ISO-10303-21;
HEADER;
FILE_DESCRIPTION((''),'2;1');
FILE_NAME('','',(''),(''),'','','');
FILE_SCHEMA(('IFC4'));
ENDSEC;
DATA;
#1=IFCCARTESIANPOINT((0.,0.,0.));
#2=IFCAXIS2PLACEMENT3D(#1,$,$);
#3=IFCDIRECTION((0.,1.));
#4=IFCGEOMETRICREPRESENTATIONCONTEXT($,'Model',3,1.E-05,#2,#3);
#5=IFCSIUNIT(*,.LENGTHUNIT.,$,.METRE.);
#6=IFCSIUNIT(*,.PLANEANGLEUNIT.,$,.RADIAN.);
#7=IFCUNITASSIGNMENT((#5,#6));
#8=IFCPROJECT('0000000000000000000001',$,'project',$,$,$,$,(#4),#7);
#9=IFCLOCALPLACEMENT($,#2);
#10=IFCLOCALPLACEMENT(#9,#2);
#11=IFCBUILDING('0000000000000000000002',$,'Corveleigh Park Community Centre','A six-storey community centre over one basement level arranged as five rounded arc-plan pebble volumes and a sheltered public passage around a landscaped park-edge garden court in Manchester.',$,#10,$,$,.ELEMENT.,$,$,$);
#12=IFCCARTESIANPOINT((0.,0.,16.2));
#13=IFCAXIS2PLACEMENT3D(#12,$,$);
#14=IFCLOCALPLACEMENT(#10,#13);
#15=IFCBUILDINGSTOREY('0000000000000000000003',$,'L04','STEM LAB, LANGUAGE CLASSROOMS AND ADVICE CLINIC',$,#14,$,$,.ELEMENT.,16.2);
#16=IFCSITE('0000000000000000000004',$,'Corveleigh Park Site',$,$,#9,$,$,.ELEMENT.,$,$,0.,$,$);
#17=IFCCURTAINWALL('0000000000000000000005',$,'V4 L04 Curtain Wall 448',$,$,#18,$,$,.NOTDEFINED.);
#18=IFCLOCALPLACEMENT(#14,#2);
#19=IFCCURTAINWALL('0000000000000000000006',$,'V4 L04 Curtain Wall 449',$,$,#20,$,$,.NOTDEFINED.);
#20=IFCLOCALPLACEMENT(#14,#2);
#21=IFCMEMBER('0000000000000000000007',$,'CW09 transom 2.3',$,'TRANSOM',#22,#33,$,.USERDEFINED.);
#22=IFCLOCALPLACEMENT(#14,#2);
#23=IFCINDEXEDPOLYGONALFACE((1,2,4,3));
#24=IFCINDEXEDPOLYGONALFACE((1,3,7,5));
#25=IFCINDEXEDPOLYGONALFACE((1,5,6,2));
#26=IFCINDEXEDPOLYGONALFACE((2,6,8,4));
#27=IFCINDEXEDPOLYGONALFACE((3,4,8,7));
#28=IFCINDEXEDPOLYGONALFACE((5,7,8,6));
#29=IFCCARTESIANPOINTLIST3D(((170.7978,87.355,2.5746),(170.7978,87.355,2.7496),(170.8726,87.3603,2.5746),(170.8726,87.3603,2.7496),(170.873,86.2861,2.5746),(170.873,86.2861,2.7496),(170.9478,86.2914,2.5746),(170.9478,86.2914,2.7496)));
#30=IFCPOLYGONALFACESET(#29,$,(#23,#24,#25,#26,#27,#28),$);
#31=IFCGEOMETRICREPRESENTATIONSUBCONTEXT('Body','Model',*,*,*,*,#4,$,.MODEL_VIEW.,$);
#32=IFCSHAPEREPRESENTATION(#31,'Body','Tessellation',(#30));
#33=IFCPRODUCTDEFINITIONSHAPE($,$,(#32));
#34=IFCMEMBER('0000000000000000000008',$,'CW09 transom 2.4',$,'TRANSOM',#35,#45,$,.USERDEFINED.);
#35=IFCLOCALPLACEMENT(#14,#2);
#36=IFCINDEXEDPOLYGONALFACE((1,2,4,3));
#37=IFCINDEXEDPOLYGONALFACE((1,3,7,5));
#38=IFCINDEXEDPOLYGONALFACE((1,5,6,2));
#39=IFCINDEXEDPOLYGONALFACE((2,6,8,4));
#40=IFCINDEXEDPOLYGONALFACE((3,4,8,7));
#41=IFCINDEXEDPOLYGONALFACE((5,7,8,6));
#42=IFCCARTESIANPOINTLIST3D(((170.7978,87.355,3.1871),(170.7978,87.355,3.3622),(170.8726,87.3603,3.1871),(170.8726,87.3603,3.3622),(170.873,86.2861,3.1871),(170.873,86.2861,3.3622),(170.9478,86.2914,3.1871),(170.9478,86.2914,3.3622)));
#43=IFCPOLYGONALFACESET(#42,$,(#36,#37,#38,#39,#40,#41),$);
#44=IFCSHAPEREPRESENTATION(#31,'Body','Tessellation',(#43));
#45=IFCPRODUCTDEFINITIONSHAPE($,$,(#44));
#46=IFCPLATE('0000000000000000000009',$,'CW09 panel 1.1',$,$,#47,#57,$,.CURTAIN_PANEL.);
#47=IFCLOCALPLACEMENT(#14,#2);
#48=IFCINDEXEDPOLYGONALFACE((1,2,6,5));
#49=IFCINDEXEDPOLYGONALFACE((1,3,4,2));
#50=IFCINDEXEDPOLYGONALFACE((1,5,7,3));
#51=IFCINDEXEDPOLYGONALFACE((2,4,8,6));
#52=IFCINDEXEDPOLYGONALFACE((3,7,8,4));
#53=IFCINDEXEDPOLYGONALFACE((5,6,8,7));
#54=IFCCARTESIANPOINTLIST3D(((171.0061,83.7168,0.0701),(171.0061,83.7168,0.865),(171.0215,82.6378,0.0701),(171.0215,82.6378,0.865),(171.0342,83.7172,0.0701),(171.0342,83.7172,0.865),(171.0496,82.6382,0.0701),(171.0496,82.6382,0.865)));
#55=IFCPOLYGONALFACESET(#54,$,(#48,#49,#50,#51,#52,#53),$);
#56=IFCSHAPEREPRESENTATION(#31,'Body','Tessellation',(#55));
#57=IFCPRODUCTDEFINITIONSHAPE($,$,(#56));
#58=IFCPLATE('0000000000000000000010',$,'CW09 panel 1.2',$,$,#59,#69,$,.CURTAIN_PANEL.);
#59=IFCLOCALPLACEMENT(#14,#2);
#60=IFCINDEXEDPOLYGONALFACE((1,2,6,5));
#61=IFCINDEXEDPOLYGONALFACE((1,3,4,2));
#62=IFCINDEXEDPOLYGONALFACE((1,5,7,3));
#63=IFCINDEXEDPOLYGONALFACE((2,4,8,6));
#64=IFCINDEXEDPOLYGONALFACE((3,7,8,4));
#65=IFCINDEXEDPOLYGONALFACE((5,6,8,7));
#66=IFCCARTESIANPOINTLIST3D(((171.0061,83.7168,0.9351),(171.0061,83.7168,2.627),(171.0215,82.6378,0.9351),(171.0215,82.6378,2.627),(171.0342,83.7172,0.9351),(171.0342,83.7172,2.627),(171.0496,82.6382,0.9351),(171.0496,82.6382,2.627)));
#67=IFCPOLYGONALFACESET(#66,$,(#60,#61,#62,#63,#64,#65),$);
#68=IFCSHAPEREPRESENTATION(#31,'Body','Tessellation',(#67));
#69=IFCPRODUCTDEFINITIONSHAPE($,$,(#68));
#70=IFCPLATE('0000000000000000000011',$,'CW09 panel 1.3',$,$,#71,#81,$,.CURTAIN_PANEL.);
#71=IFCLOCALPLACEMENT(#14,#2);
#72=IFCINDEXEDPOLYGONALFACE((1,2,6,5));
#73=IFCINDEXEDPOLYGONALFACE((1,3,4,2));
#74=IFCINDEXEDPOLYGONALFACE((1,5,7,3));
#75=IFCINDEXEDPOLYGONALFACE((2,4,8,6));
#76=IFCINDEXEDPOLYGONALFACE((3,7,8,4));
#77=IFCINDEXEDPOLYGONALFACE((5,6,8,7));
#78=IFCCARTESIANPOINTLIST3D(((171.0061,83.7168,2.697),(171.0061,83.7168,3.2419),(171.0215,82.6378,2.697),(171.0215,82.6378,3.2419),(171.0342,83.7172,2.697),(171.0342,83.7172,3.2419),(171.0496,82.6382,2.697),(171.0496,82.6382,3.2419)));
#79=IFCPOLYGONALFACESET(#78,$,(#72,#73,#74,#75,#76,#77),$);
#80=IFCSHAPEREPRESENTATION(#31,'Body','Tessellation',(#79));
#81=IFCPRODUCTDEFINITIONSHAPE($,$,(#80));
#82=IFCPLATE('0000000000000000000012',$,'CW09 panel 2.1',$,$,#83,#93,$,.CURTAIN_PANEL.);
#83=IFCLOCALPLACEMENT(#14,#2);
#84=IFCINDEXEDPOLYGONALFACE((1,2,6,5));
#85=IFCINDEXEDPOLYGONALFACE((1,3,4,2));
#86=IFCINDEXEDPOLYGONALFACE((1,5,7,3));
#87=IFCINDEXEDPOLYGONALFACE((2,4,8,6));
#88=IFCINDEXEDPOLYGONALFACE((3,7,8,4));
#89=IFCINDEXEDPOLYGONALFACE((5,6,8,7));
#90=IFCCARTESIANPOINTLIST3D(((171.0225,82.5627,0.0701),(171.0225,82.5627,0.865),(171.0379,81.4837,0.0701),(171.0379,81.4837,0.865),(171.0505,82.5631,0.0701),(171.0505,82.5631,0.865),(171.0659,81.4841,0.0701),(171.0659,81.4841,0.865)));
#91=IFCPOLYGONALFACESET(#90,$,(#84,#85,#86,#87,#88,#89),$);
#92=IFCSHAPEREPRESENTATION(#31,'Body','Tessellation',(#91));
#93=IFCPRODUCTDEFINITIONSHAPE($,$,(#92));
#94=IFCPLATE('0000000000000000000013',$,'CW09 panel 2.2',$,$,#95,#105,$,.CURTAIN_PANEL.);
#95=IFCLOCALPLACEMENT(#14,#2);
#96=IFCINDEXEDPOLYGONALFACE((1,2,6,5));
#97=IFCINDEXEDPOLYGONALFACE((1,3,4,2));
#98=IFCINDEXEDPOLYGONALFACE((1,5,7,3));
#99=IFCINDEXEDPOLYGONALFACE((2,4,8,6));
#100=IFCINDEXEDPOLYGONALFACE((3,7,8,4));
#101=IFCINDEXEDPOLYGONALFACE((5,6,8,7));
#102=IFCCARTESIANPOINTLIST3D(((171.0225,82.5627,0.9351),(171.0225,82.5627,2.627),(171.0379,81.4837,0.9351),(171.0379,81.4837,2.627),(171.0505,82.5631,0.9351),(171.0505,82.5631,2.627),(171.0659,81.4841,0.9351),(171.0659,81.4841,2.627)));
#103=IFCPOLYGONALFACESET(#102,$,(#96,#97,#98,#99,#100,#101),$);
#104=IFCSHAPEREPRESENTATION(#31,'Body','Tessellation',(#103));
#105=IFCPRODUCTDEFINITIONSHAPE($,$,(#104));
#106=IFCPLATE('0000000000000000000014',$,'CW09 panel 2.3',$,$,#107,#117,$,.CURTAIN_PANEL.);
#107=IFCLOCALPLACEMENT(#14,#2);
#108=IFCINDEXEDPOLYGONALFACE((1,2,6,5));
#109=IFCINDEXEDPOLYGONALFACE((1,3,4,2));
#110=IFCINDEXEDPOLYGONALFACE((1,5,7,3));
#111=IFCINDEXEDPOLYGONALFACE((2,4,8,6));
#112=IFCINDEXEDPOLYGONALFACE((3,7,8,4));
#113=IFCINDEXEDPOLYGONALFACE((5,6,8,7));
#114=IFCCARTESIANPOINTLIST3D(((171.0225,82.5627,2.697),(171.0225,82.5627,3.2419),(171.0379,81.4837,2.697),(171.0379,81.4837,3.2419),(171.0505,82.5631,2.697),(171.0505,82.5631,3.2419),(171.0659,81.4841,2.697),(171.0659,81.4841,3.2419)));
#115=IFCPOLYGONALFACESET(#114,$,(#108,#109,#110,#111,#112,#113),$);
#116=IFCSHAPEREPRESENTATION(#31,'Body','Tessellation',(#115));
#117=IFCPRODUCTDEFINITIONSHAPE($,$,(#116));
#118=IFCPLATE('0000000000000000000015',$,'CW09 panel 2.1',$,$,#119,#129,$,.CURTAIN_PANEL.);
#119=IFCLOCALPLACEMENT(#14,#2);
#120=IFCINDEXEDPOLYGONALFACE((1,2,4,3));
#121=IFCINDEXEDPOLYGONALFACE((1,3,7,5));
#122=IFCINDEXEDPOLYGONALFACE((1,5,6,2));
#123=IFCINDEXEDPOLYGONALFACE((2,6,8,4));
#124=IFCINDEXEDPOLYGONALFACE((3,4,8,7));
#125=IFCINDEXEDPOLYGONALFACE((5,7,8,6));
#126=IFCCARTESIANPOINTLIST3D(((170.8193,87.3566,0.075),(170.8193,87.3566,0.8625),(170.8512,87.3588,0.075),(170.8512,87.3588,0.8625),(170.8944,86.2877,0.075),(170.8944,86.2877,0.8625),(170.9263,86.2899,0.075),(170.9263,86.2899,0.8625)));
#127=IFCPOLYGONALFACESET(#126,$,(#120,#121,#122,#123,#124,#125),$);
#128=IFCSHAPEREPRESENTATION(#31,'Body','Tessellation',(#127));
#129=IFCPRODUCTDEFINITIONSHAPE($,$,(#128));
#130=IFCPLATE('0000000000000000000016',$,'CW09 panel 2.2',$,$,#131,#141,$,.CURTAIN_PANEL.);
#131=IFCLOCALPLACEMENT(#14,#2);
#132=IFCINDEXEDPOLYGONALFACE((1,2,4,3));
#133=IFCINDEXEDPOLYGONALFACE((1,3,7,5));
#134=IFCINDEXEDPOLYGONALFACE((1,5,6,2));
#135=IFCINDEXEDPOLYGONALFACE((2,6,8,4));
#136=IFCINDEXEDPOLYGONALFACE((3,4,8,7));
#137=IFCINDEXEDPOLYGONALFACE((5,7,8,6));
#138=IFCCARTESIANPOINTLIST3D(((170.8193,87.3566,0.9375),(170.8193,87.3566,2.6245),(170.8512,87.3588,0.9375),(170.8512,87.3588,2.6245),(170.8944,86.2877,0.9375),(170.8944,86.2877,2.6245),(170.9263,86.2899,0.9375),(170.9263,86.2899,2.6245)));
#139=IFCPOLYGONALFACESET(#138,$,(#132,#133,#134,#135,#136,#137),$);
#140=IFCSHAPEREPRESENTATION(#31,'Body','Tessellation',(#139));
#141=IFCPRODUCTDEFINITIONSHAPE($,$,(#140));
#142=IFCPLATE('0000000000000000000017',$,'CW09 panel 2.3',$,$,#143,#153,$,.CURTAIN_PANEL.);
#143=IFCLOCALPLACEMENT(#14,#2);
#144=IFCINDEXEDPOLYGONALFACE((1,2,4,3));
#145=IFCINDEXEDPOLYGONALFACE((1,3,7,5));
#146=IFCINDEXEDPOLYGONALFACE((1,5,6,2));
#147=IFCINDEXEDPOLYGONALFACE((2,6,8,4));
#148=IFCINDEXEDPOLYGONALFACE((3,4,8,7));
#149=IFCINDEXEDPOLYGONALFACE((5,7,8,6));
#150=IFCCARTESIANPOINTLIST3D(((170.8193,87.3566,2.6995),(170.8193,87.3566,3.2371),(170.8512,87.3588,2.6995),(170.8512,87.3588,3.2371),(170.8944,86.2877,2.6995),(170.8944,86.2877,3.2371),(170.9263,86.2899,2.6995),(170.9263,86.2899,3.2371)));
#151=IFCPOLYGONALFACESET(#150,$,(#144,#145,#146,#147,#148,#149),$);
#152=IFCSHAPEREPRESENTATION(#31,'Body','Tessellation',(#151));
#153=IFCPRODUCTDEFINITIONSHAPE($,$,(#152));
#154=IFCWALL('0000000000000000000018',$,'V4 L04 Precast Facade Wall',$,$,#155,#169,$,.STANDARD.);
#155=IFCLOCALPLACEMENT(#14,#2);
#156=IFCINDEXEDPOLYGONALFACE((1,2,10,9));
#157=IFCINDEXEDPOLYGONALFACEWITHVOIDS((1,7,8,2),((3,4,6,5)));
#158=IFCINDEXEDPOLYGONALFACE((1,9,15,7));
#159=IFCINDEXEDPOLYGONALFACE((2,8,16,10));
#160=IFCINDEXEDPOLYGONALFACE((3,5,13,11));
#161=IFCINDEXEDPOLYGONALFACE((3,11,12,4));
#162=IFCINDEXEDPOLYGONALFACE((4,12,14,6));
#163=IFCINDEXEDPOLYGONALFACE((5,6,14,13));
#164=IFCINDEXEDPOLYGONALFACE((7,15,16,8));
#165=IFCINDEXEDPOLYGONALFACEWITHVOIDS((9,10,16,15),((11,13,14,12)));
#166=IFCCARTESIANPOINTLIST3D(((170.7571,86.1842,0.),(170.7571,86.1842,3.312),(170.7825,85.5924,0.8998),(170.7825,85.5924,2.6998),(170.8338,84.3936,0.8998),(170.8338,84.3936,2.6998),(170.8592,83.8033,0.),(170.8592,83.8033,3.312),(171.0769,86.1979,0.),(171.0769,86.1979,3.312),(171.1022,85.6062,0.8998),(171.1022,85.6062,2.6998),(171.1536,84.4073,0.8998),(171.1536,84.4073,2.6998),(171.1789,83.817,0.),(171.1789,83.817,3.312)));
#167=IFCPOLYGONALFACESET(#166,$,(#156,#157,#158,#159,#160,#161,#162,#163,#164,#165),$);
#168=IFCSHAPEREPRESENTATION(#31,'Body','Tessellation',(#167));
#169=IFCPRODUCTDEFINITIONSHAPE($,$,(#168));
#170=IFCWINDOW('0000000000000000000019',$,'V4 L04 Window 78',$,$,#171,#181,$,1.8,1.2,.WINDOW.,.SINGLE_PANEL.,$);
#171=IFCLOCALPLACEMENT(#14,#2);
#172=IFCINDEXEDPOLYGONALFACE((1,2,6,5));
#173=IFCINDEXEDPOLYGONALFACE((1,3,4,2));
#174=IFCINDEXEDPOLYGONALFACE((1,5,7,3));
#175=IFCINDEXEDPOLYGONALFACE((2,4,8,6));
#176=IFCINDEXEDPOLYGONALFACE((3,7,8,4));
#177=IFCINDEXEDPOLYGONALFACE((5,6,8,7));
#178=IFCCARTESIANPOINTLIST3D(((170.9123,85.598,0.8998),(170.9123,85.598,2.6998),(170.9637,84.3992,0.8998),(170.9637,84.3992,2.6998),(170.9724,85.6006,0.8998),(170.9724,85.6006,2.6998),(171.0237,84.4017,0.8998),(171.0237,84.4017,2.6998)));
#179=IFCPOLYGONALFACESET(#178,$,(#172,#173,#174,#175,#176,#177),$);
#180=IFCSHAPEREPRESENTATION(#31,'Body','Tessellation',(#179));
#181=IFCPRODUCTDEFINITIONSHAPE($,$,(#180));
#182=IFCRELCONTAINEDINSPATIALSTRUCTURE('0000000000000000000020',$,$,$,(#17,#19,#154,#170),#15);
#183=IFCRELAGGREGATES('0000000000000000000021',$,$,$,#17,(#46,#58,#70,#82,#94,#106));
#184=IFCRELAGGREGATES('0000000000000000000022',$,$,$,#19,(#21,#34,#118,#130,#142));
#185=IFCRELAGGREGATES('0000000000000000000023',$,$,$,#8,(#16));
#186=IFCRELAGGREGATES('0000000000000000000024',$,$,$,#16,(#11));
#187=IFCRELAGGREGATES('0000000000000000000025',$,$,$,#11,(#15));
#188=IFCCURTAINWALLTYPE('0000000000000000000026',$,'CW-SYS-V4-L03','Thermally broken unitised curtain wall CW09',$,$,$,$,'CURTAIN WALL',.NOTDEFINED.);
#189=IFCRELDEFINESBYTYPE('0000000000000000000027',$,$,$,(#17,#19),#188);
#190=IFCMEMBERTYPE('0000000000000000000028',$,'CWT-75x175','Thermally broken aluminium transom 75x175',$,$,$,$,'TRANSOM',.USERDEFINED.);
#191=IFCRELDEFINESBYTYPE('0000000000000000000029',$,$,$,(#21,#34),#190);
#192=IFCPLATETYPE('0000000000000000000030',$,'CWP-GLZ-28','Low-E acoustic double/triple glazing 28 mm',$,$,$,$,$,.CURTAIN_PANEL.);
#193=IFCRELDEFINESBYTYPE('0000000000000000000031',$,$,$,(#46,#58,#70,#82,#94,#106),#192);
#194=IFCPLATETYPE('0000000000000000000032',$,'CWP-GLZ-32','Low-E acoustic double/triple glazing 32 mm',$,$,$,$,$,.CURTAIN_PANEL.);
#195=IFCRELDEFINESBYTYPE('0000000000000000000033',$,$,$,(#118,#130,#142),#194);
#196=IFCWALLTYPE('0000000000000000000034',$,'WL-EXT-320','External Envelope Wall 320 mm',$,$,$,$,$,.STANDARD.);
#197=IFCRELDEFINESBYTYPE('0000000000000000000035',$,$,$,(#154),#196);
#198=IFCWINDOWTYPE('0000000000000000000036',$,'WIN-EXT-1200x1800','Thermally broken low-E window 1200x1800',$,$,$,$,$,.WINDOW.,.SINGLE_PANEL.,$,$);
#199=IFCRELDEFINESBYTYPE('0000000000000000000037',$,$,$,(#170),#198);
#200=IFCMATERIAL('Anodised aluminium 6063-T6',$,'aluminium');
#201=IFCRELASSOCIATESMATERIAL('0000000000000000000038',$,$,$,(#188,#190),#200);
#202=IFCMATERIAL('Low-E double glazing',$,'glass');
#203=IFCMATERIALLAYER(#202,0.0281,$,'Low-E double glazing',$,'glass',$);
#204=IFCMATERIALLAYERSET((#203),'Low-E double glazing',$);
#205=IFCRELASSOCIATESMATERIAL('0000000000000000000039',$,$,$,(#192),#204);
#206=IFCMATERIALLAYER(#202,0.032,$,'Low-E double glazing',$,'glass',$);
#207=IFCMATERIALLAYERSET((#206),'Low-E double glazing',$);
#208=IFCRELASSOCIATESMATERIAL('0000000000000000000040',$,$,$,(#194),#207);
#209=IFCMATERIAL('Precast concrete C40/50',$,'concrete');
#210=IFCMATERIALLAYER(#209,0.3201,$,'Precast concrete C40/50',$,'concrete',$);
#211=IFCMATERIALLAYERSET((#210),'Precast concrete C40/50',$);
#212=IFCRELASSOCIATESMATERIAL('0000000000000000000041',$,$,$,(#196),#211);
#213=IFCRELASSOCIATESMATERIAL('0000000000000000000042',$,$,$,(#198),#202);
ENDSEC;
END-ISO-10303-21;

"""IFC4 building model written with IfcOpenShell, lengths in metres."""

from ifc_helpers import new_model, si_unit, direction, frame, frame_2d, origin, origin_2d, place, context, subcontext, project, spatial, rectangle, extrude, material, layer, layer_set, material_profile, profile_set, type_object, element, fill, aggregate, save


model = new_model("IFC4")

# Units and contexts
model_context = context("Model", 3, precision=1e-05, world=origin(), true_north=direction((0.0, 1.0)))
body_context = subcontext(model_context, "Body", "Model", "MODEL_VIEW")
ifc_project = project(units=[si_unit("LENGTHUNIT", "METRE"), si_unit("PLANEANGLEUNIT", "RADIAN")], contexts=[model_context])

# Site, building, storey
site_placement = place(None, origin())
site = spatial("IfcSite", under=ifc_project, at=site_placement, Name="Corveleigh Park Site", CompositionType="ELEMENT", RefElevation=0.0)
building_placement = place(site_placement, origin())
building = spatial("IfcBuilding", under=site, at=building_placement, Name="Corveleigh Park Community Centre", Description="A six-storey community centre over one basement level arranged as five rounded arc-plan pebble volumes and a sheltered public passage around a landscaped park-edge garden court in Manchester.", CompositionType="ELEMENT")
storey_placement = place(building_placement, frame((0.0, 0.0, 16.2)))
storey = spatial("IfcBuildingStorey", under=building, at=storey_placement, Name="L04", Description="STEM LAB, LANGUAGE CLASSROOMS AND ADVICE CLINIC", CompositionType="ELEMENT", Elevation=16.2)

# Curtain wall
ifc_material_1 = material(Name="Anodised aluminium 6063-T6", Category="aluminium")
curtain_wall_type = type_object("IfcCurtainWallType", Name="CW-SYS-V4-L03", Description="Thermally broken unitised curtain wall CW09", ElementType="CURTAIN WALL", PredefinedType="NOTDEFINED", material=ifc_material_1)
curtain_wall_1_placement = place(storey_placement, origin())
curtain_wall_1 = element("IfcCurtainWall", 1, at=curtain_wall_1_placement, inside=storey, type_object=curtain_wall_type, Name="V4 L04 Curtain Wall 448", PredefinedType="NOTDEFINED")

# Curtain wall
curtain_wall_2_placement = place(storey_placement, origin())
curtain_wall_2 = element("IfcCurtainWall", 2, at=curtain_wall_2_placement, inside=storey, type_object=curtain_wall_type, Name="V4 L04 Curtain Wall 449", PredefinedType="NOTDEFINED")

# Members
ifc_material_profile_1 = material_profile(ifc_material_1, rectangle(XDim=0.075, YDim=0.175, at=origin_2d()), Name="ALU-T75x175", Category="aluminium")
ifc_profile_set_1 = profile_set([ifc_material_profile_1], Name="Anodised aluminium 6063-T6")
member_type_1 = type_object("IfcMemberType", Name="CWT-75x175", Description="Thermally broken aluminium transom 75x175", ElementType="TRANSOM", PredefinedType="USERDEFINED", material=ifc_profile_set_1)
member_1_placement = place(storey_placement, frame((170.8352, 87.3577, 2.6621), z_axis=(0.070178, -0.997534, 0.0), x_axis=(0.997534, 0.070178, 0.0)))
member_1 = element("IfcMember", 3, at=member_1_placement, type_object=member_type_1, Name="CW09 transom 2.3", ObjectType="TRANSOM", PredefinedType="USERDEFINED", context=body_context, shape_type="SweptSolid", body=[
    extrude(rectangle(XDim=0.075, YDim=0.175, at=origin_2d()), origin(), (0.0, 0.0, 1.0), 1.0715),
])
member_2_placement = place(storey_placement, frame((170.8352, 87.3577, 3.2747), z_axis=(0.070178, -0.997534, 0.0), x_axis=(0.997534, 0.070178, 0.0)))
member_2 = element("IfcMember", 4, at=member_2_placement, type_object=member_type_1, Name="CW09 transom 2.4", ObjectType="TRANSOM", PredefinedType="USERDEFINED", context=body_context, shape_type="SweptSolid", body=[
    extrude(rectangle(XDim=0.075, YDim=0.175, at=origin_2d()), origin(), (0.0, 0.0, 1.0), 1.0715),
])

# Plates
ifc_material_2 = material(Name="Low-E double glazing", Category="glass")
ifc_layer_1 = layer(ifc_material_2, 0.0281, Name="Low-E double glazing", Category="glass")
ifc_layer_set_1 = layer_set([ifc_layer_1], Name="Low-E double glazing")
plate_type_1 = type_object("IfcPlateType", Name="CWP-GLZ-28", Description="Low-E acoustic double/triple glazing 28 mm", PredefinedType="CURTAIN_PANEL", material=ifc_layer_set_1)
plate_1_placement = place(storey_placement, frame((171.0278, 83.1775, 0.0701), z_axis=(0.0, 0.0, 1.0), x_axis=(0.014266, -0.999898, 0.0)))
plate_1 = element("IfcPlate", 5, at=plate_1_placement, type_object=plate_type_1, Name="CW09 panel 1.1", PredefinedType="CURTAIN_PANEL", context=body_context, shape_type="SweptSolid", body=[
    extrude(rectangle(XDim=1.0791, YDim=0.0281, at=origin_2d()), origin(), (0.0, 0.0, 1.0), 0.7949),
])
plate_2_placement = place(storey_placement, frame((171.0278, 83.1775, 0.9351), z_axis=(0.0, 0.0, 1.0), x_axis=(0.014266, -0.999898, 0.0)))
plate_2 = element("IfcPlate", 6, at=plate_2_placement, type_object=plate_type_1, Name="CW09 panel 1.2", PredefinedType="CURTAIN_PANEL", context=body_context, shape_type="SweptSolid", body=[
    extrude(rectangle(XDim=1.0791, YDim=0.0281, at=origin_2d()), origin(), (0.0, 0.0, 1.0), 1.6919),
])
plate_3_placement = place(storey_placement, frame((171.0278, 83.1775, 2.697), z_axis=(0.0, 0.0, 1.0), x_axis=(0.014266, -0.999898, 0.0)))
plate_3 = element("IfcPlate", 7, at=plate_3_placement, type_object=plate_type_1, Name="CW09 panel 1.3", PredefinedType="CURTAIN_PANEL", context=body_context, shape_type="SweptSolid", body=[
    extrude(rectangle(XDim=1.0791, YDim=0.0281, at=origin_2d()), origin(), (0.0, 0.0, 1.0), 0.5449),
])
plate_4_placement = place(storey_placement, frame((171.0442, 82.0234, 0.0701), z_axis=(0.0, 0.0, 1.0), x_axis=(0.014266, -0.999898, 0.0)))
plate_4 = element("IfcPlate", 8, at=plate_4_placement, type_object=plate_type_1, Name="CW09 panel 2.1", PredefinedType="CURTAIN_PANEL", context=body_context, shape_type="SweptSolid", body=[
    extrude(rectangle(XDim=1.0791, YDim=0.0281, at=origin_2d()), origin(), (0.0, 0.0, 1.0), 0.7949),
])
plate_5_placement = place(storey_placement, frame((171.0442, 82.0234, 0.9351), z_axis=(0.0, 0.0, 1.0), x_axis=(0.014266, -0.999898, 0.0)))
plate_5 = element("IfcPlate", 9, at=plate_5_placement, type_object=plate_type_1, Name="CW09 panel 2.2", PredefinedType="CURTAIN_PANEL", context=body_context, shape_type="SweptSolid", body=[
    extrude(rectangle(XDim=1.0791, YDim=0.0281, at=origin_2d()), origin(), (0.0, 0.0, 1.0), 1.6919),
])
plate_6_placement = place(storey_placement, frame((171.0442, 82.0234, 2.697), z_axis=(0.0, 0.0, 1.0), x_axis=(0.014266, -0.999898, 0.0)))
plate_6 = element("IfcPlate", 10, at=plate_6_placement, type_object=plate_type_1, Name="CW09 panel 2.3", PredefinedType="CURTAIN_PANEL", context=body_context, shape_type="SweptSolid", body=[
    extrude(rectangle(XDim=1.0791, YDim=0.0281, at=origin_2d()), origin(), (0.0, 0.0, 1.0), 0.5449),
])
aggregate(curtain_wall_1, [plate_1, plate_2, plate_3, plate_4, plate_5, plate_6])
ifc_layer_2 = layer(ifc_material_2, 0.032, Name="Low-E double glazing", Category="glass")
ifc_layer_set_2 = layer_set([ifc_layer_2], Name="Low-E double glazing")
plate_type_2 = type_object("IfcPlateType", Name="CWP-GLZ-32", Description="Low-E acoustic double/triple glazing 32 mm", PredefinedType="CURTAIN_PANEL", material=ifc_layer_set_2)
plate_7_placement = place(storey_placement, frame((170.8728, 86.8232, 0.075), z_axis=(0.0, 0.0, 1.0), x_axis=(0.070084, -0.997541, 0.0)))
plate_7 = element("IfcPlate", 11, at=plate_7_placement, type_object=plate_type_2, Name="CW09 panel 2.1", PredefinedType="CURTAIN_PANEL", context=body_context, shape_type="SweptSolid", body=[
    extrude(rectangle(XDim=1.0715, YDim=0.032, at=origin_2d()), origin(), (0.0, 0.0, 1.0), 0.7876),
])
plate_8_placement = place(storey_placement, frame((170.8728, 86.8232, 0.9375), z_axis=(0.0, 0.0, 1.0), x_axis=(0.070084, -0.997541, 0.0)))
plate_8 = element("IfcPlate", 12, at=plate_8_placement, type_object=plate_type_2, Name="CW09 panel 2.2", PredefinedType="CURTAIN_PANEL", context=body_context, shape_type="SweptSolid", body=[
    extrude(rectangle(XDim=1.0715, YDim=0.032, at=origin_2d()), origin(), (0.0, 0.0, 1.0), 1.687),
])
plate_9_placement = place(storey_placement, frame((170.8728, 86.8232, 2.6995), z_axis=(0.0, 0.0, 1.0), x_axis=(0.070084, -0.997541, 0.0)))
plate_9 = element("IfcPlate", 13, at=plate_9_placement, type_object=plate_type_2, Name="CW09 panel 2.3", PredefinedType="CURTAIN_PANEL", context=body_context, shape_type="SweptSolid", body=[
    extrude(rectangle(XDim=1.0715, YDim=0.032, at=origin_2d()), origin(), (0.0, 0.0, 1.0), 0.5376),
])
aggregate(curtain_wall_2, [member_1, member_2, plate_7, plate_8, plate_9])

# Wall, opening, window
ifc_material_3 = material(Name="Precast concrete C40/50", Category="concrete")
ifc_layer_3 = layer(ifc_material_3, 0.3201, Name="Precast concrete C40/50", Category="concrete")
ifc_layer_set_3 = layer_set([ifc_layer_3], Name="Precast concrete C40/50")
wall_type = type_object("IfcWallType", Name="WL-EXT-320", Description="External Envelope Wall 320 mm", PredefinedType="STANDARD", material=ifc_layer_set_3)
wall_placement = place(storey_placement, frame((170.917, 86.1909, 0.0), z_axis=(0.0, 0.0, 1.0), x_axis=(0.042824, -0.999083, 0.0)))
wall = element("IfcWall", 14, at=wall_placement, inside=storey, type_object=wall_type, Name="V4 L04 Precast Facade Wall", PredefinedType="STANDARD", context=body_context, shape_type="SweptSolid", body=[
    extrude(rectangle(XDim=2.3831, YDim=0.3201, at=frame_2d((1.1914, 0.0))), origin(), (0.0, 0.0, 1.0), 3.312),
])
opening_placement = place(wall_placement, frame((0.592, 0.0, 0.8999)))
opening = element("IfcOpeningElement", 15, at=opening_placement, cuts=wall, PredefinedType="OPENING", context=body_context, shape_type="SweptSolid", body=[
    extrude(rectangle(XDim=1.2, YDim=1.8, at=frame_2d((0.6001, 0.8999))), frame((0.0, 0.1699, 0.0), z_axis=(0.0, -1.0, 0.0), x_axis=(1.0, 0.0, 0.0)), (0.0, 0.0, 1.0), 0.3401),
])
window_type = type_object("IfcWindowType", Name="WIN-EXT-1200x1800", Description="Thermally broken low-E window 1200x1800", PartitioningType="SINGLE_PANEL", PredefinedType="WINDOW", material=ifc_material_2)
window_placement = place(opening_placement, origin())
window = element("IfcWindow", 16, at=window_placement, inside=storey, type_object=window_type, Name="V4 L04 Window 78", OverallHeight=1.8, OverallWidth=1.2, PartitioningType="SINGLE_PANEL", PredefinedType="WINDOW", context=body_context, shape_type="SweptSolid", body=[
    extrude(rectangle(XDim=1.2, YDim=1.8, at=frame_2d((0.6001, 0.8999))), frame((0.0, 0.03, 0.0), z_axis=(0.0, -1.0, 0.0), x_axis=(1.0, 0.0, 0.0)), (0.0, 0.0, 1.0), 0.0601),
])
fill(opening, window)

save(model, "model.ifc")
